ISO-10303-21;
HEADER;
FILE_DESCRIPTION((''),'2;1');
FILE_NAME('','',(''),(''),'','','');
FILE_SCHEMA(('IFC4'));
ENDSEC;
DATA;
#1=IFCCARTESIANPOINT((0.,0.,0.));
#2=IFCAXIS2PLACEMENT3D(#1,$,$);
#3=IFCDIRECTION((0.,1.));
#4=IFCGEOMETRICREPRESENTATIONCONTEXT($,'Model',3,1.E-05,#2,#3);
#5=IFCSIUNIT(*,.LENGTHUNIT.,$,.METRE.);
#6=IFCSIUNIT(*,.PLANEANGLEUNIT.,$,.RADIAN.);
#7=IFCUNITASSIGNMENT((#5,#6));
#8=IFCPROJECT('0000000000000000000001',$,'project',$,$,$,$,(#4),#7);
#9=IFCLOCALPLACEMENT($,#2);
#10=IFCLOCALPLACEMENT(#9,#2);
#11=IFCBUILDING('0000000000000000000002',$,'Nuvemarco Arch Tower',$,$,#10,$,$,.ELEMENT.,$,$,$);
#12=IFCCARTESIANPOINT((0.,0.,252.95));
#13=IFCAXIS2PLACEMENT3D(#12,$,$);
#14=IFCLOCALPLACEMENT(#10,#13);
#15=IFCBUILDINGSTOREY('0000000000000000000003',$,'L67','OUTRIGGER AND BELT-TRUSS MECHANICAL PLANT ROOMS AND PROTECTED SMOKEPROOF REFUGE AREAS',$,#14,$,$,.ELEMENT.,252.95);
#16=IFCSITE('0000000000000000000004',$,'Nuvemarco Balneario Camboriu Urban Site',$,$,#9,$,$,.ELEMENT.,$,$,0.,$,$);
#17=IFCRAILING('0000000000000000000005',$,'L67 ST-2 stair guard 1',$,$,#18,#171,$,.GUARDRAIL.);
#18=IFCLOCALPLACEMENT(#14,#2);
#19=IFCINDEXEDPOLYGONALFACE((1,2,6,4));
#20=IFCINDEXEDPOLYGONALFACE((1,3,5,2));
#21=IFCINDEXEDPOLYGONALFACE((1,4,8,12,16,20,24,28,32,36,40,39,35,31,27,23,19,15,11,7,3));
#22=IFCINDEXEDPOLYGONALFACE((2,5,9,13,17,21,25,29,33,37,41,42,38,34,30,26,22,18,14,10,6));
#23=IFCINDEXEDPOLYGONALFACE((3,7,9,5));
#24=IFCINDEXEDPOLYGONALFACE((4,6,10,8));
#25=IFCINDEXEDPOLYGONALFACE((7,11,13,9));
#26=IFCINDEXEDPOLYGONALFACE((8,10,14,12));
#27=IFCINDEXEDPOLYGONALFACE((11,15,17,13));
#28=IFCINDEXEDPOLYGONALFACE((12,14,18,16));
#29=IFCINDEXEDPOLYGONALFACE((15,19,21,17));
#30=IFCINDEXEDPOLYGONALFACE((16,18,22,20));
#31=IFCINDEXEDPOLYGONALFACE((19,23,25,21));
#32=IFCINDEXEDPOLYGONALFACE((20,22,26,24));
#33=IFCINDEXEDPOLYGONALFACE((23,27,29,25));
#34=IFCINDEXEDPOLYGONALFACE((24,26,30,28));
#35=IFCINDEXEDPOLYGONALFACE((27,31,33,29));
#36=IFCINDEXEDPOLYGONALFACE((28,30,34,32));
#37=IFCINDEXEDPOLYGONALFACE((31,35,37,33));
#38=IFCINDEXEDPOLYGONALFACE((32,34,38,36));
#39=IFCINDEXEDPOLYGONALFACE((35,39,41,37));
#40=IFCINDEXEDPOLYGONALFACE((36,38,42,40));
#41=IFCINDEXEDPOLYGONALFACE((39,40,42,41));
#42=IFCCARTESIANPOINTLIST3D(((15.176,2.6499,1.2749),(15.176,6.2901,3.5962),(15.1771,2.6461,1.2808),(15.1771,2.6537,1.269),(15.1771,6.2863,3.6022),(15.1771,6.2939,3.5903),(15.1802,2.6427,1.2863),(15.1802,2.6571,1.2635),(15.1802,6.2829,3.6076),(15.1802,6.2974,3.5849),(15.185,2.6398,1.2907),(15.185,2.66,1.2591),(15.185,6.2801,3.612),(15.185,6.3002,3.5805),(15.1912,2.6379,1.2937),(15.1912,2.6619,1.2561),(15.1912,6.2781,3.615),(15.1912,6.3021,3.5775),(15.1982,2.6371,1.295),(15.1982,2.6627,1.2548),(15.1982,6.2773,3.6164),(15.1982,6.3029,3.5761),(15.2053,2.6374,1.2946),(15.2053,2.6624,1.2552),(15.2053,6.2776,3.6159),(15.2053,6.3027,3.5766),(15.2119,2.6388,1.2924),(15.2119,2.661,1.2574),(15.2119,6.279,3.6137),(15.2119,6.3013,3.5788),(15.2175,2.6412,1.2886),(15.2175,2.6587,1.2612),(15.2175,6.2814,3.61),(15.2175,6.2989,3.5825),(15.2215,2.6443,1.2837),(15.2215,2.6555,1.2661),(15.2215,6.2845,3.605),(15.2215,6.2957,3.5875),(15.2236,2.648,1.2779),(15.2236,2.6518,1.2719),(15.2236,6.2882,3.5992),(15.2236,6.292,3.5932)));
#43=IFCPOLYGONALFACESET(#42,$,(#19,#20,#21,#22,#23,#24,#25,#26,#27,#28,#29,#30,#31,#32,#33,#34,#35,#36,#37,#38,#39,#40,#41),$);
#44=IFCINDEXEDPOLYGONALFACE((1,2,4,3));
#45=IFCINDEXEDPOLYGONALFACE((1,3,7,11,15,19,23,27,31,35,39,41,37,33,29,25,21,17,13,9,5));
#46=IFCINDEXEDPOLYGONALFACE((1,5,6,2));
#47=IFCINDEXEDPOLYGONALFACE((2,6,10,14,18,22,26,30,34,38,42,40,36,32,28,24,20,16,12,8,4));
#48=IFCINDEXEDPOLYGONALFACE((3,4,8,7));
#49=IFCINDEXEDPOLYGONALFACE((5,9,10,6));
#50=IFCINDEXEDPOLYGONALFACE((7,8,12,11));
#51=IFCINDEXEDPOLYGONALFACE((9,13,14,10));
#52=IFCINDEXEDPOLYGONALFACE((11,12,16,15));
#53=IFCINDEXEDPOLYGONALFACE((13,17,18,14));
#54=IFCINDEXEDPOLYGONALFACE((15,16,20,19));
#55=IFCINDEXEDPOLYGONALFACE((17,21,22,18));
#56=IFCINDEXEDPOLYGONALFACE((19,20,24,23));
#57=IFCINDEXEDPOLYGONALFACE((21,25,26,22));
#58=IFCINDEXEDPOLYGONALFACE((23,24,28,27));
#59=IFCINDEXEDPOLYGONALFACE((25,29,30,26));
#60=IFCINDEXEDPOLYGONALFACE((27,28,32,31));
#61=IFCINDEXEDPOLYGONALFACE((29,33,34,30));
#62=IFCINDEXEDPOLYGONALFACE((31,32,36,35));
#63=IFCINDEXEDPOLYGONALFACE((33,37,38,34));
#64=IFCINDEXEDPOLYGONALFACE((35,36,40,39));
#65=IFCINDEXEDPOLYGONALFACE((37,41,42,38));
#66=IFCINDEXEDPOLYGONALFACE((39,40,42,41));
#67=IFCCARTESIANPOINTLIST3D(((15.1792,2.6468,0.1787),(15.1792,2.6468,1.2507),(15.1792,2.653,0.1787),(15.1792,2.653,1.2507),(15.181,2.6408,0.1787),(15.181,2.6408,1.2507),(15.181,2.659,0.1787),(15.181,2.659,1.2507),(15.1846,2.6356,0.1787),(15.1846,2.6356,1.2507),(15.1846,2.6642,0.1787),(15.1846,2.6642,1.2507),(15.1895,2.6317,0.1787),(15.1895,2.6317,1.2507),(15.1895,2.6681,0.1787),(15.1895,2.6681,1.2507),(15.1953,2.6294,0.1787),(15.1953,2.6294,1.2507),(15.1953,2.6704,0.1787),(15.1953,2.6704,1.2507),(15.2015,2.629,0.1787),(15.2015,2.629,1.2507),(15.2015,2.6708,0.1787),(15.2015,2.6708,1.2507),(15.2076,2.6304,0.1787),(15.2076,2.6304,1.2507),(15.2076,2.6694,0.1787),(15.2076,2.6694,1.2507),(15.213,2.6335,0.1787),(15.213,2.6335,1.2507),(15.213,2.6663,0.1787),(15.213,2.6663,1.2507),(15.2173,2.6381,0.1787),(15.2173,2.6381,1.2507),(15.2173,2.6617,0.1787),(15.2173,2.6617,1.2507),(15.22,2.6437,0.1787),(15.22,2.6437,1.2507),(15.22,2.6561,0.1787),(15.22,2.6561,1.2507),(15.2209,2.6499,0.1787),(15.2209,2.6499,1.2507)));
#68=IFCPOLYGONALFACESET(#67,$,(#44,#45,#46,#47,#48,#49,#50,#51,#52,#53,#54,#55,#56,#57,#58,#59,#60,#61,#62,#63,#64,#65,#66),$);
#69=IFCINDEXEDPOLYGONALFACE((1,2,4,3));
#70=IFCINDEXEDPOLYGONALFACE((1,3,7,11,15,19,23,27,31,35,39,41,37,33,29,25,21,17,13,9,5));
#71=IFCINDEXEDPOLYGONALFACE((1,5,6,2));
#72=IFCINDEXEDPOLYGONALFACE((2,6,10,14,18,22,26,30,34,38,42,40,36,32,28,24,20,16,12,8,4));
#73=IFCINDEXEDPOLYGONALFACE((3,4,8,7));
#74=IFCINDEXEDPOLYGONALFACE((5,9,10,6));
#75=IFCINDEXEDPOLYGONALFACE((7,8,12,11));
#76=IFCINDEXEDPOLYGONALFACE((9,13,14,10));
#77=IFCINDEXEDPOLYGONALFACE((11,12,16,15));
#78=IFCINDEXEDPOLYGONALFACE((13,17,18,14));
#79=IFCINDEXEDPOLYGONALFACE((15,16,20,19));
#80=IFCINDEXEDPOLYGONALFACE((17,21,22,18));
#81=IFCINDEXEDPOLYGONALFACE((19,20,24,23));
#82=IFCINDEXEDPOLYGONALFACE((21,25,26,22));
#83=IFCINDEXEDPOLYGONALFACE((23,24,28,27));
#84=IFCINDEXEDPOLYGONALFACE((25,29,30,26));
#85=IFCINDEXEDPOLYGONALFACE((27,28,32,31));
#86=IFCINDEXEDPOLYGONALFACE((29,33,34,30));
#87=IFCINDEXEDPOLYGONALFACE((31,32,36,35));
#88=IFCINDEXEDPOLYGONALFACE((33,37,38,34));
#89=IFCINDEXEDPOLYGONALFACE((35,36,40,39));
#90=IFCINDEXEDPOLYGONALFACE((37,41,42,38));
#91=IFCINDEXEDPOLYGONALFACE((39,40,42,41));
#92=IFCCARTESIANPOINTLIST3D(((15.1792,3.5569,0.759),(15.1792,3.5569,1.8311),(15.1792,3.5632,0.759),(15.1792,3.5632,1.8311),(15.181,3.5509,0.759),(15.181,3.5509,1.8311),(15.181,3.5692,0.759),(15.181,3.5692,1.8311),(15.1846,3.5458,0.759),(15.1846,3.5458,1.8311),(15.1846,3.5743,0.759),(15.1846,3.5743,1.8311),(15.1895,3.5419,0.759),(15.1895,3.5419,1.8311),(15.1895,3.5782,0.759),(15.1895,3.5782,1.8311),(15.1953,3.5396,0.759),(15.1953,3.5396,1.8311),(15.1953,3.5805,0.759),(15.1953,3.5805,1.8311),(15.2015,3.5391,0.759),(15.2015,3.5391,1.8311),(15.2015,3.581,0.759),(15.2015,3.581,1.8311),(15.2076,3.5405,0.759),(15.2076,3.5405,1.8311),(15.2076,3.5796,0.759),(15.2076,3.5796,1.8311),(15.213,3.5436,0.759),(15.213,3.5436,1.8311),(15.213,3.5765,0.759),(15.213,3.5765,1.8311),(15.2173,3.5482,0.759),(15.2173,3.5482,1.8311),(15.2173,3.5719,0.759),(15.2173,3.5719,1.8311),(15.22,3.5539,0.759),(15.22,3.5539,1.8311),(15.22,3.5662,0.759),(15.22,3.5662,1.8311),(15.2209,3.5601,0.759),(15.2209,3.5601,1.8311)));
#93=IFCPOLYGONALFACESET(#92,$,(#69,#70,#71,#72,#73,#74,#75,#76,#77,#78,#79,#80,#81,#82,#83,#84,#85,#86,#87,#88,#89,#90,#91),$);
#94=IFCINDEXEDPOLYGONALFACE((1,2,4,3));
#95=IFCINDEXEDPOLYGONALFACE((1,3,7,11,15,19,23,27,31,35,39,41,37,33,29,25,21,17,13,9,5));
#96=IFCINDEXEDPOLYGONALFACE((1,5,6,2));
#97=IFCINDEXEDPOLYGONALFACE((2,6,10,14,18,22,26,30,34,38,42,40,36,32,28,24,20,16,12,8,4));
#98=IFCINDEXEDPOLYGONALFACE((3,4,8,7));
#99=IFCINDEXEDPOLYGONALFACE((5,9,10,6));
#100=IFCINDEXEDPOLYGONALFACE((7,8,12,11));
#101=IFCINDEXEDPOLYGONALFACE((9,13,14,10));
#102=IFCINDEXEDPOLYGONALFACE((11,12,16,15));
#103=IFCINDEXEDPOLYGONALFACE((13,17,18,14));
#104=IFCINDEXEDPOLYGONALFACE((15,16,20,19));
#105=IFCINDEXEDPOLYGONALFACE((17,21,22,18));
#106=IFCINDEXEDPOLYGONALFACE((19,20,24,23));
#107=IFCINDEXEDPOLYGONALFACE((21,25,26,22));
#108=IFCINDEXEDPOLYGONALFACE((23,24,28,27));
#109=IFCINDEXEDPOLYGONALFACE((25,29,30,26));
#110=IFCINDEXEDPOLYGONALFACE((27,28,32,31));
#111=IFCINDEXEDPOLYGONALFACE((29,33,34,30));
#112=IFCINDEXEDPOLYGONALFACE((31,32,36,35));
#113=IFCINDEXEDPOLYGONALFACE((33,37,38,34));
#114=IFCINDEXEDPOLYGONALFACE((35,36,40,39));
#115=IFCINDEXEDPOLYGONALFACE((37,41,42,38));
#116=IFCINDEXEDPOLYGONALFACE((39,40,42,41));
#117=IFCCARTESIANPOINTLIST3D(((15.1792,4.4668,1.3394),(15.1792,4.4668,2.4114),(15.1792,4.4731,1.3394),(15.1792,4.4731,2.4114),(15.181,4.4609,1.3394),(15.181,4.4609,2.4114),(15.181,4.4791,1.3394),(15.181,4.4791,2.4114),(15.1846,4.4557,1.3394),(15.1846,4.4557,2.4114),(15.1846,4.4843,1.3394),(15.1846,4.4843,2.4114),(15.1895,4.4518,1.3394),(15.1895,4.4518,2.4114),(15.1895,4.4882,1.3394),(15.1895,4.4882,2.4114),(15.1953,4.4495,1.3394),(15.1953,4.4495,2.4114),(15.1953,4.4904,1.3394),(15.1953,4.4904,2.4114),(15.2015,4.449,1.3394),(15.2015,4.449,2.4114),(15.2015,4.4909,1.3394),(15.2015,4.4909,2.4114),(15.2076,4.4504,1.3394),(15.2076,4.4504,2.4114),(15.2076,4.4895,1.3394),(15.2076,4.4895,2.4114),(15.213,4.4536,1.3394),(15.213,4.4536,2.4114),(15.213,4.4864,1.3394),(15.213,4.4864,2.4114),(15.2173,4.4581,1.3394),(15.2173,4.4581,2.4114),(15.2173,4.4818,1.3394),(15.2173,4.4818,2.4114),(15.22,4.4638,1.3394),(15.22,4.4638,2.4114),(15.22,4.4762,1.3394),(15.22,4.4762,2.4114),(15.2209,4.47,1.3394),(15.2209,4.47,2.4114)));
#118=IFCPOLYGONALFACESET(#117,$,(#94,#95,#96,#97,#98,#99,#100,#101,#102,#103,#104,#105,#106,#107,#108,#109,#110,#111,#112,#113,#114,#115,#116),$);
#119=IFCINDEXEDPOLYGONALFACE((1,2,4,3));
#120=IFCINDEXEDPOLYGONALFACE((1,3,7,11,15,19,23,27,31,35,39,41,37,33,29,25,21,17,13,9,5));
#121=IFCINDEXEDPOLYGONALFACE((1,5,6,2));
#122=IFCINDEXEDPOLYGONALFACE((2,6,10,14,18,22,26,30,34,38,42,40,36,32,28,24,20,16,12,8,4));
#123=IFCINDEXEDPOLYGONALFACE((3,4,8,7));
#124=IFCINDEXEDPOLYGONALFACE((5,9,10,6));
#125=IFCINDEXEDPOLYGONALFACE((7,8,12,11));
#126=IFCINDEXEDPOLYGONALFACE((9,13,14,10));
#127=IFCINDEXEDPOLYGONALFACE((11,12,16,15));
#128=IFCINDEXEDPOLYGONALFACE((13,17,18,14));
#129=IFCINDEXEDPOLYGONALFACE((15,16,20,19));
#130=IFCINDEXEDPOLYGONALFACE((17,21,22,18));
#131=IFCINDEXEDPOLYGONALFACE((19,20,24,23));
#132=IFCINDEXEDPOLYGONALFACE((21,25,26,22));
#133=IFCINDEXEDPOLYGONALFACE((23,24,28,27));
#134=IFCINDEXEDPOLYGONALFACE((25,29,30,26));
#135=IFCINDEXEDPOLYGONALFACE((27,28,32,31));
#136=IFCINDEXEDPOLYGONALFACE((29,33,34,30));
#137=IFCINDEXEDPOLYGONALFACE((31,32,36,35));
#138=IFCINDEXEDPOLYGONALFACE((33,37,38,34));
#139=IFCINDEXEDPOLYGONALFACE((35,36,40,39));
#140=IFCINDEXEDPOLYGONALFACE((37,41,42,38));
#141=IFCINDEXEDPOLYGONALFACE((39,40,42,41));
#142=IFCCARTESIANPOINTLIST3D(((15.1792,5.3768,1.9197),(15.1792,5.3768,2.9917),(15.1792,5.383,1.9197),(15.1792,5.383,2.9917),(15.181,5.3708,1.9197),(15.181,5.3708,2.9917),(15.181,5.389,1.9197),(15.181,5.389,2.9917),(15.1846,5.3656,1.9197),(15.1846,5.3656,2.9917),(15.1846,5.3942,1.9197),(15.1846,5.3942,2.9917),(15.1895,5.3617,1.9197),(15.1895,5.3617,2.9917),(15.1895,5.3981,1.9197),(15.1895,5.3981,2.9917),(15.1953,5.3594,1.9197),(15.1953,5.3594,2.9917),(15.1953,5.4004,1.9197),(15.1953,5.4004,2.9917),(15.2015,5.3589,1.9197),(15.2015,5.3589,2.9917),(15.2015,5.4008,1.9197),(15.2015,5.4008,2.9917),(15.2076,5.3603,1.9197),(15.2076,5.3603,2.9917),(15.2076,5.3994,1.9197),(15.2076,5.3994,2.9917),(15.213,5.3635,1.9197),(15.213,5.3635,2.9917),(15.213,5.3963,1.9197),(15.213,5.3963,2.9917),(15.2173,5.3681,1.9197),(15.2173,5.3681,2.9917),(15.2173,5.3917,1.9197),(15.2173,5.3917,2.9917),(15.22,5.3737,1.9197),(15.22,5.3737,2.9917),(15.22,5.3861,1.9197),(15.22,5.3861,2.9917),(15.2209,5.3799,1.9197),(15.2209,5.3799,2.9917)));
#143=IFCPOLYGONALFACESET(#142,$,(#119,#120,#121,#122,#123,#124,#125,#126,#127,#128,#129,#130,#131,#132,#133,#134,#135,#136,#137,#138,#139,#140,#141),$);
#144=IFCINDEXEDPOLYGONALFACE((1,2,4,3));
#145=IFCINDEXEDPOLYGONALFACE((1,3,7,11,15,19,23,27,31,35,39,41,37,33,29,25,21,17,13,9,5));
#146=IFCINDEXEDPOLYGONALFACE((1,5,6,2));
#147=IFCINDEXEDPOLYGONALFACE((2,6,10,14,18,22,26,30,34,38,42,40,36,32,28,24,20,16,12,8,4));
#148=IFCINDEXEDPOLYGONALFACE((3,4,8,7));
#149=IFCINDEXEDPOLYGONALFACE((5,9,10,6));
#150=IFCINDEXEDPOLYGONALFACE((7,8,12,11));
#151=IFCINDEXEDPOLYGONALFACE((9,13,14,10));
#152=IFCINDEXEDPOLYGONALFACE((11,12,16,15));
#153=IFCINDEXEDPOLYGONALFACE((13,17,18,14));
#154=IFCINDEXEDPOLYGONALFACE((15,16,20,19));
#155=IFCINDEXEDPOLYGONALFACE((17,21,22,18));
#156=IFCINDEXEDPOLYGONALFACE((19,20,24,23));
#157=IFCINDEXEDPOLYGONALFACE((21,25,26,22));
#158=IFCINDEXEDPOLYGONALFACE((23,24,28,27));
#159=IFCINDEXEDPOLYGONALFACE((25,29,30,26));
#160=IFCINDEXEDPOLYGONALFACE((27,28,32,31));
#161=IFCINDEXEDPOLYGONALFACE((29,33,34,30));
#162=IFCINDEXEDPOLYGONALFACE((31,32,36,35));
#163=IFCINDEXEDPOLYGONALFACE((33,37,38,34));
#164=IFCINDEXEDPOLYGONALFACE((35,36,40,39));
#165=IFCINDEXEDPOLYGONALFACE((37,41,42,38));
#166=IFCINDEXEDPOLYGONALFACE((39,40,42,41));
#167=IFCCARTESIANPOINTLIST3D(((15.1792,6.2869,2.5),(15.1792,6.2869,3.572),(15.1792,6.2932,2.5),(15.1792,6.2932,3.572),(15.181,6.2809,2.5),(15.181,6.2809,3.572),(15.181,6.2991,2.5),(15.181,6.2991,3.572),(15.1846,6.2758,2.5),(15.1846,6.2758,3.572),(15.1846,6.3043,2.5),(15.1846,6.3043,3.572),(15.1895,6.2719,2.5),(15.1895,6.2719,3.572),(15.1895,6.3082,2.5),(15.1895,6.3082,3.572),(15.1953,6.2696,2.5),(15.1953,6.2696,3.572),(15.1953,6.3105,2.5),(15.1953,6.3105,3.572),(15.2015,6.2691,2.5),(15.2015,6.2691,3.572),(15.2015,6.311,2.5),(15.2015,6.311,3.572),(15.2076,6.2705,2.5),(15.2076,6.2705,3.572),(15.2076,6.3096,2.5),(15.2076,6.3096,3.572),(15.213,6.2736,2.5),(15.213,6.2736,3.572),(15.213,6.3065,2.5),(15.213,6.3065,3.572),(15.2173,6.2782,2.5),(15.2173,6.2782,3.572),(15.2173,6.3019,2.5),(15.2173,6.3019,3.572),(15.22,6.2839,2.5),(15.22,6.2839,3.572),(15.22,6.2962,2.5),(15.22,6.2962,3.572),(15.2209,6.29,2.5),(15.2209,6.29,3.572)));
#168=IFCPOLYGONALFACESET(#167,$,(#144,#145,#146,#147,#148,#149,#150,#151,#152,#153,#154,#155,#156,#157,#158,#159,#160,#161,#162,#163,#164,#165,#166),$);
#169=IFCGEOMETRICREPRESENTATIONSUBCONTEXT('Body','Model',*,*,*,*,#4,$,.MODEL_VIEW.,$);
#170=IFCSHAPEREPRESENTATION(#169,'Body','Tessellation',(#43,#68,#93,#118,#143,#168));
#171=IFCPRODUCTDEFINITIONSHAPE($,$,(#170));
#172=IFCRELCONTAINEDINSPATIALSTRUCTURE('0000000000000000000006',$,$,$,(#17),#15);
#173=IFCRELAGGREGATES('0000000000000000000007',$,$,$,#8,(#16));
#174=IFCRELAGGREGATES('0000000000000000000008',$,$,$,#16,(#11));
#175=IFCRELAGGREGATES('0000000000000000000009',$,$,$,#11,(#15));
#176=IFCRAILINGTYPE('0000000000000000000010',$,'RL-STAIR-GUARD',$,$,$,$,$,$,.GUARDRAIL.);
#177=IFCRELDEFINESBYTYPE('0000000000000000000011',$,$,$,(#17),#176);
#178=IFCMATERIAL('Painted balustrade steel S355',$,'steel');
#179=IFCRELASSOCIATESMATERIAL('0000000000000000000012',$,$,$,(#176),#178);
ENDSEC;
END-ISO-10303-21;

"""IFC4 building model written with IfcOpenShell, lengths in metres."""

from ifc_helpers import new_model, si_unit, direction, frame, origin, origin_2d, place, context, subcontext, project, spatial, circle, extrude, material, type_object, element, save


model = new_model("IFC4")

# Units and contexts
model_context = context("Model", 3, precision=1e-05, world=origin(), true_north=direction((0.0, 1.0)))
body_context = subcontext(model_context, "Body", "Model", "MODEL_VIEW")
ifc_project = project(units=[si_unit("LENGTHUNIT", "METRE"), si_unit("PLANEANGLEUNIT", "RADIAN")], contexts=[model_context])

# Site, building, storey
site_placement = place(None, origin())
site = spatial("IfcSite", under=ifc_project, at=site_placement, Name="Nuvemarco Balneario Camboriu Urban Site", CompositionType="ELEMENT", RefElevation=0.0)
building_placement = place(site_placement, origin())
building = spatial("IfcBuilding", under=site, at=building_placement, Name="Nuvemarco Arch Tower", CompositionType="ELEMENT")
storey_placement = place(building_placement, frame((0.0, 0.0, 252.95)))
storey = spatial("IfcBuildingStorey", under=building, at=storey_placement, Name="L67", Description="OUTRIGGER AND BELT-TRUSS MECHANICAL PLANT ROOMS AND PROTECTED SMOKEPROOF REFUGE AREAS", CompositionType="ELEMENT", Elevation=252.95)

# Railing
ifc_material_1 = material(Name="Painted balustrade steel S355", Category="steel")
railing_type_1 = type_object("IfcRailingType", Name="RL-STAIR-GUARD", PredefinedType="GUARDRAIL", material=ifc_material_1)
railing_1_placement = place(storey_placement, frame((15.2, 2.6499, 0.1787)))
element("IfcRailing", 1, at=railing_1_placement, inside=storey, type_object=railing_type_1, Name="L67 ST-2 stair guard 1", PredefinedType="GUARDRAIL", context=body_context, shape_type="SweptSolid", body=[
    extrude(circle(Radius=0.0239, at=origin_2d()), frame((0.0, 0.0, 1.0962), z_axis=(0.0, 0.843153, 0.537673), x_axis=(-1.0, 0.0, 0.0)), (0.0, 0.0, 1.0), 4.3174),
    extrude(circle(Radius=0.021, at=origin_2d()), origin(), (0.0, 0.0, 1.0), 1.072),
    extrude(circle(Radius=0.021, at=origin_2d()), frame((0.0, 0.9102, 0.5803)), (0.0, 0.0, 1.0), 1.072),
    extrude(circle(Radius=0.021, at=origin_2d()), frame((0.0, 1.8201, 1.1606)), (0.0, 0.0, 1.0), 1.072),
    extrude(circle(Radius=0.021, at=origin_2d()), frame((0.0, 2.73, 1.741)), (0.0, 0.0, 1.0), 1.072),
    extrude(circle(Radius=0.021, at=origin_2d()), frame((0.0, 3.6401, 2.3213)), (0.0, 0.0, 1.0), 1.072),
])

save(model, "model.ifc")
